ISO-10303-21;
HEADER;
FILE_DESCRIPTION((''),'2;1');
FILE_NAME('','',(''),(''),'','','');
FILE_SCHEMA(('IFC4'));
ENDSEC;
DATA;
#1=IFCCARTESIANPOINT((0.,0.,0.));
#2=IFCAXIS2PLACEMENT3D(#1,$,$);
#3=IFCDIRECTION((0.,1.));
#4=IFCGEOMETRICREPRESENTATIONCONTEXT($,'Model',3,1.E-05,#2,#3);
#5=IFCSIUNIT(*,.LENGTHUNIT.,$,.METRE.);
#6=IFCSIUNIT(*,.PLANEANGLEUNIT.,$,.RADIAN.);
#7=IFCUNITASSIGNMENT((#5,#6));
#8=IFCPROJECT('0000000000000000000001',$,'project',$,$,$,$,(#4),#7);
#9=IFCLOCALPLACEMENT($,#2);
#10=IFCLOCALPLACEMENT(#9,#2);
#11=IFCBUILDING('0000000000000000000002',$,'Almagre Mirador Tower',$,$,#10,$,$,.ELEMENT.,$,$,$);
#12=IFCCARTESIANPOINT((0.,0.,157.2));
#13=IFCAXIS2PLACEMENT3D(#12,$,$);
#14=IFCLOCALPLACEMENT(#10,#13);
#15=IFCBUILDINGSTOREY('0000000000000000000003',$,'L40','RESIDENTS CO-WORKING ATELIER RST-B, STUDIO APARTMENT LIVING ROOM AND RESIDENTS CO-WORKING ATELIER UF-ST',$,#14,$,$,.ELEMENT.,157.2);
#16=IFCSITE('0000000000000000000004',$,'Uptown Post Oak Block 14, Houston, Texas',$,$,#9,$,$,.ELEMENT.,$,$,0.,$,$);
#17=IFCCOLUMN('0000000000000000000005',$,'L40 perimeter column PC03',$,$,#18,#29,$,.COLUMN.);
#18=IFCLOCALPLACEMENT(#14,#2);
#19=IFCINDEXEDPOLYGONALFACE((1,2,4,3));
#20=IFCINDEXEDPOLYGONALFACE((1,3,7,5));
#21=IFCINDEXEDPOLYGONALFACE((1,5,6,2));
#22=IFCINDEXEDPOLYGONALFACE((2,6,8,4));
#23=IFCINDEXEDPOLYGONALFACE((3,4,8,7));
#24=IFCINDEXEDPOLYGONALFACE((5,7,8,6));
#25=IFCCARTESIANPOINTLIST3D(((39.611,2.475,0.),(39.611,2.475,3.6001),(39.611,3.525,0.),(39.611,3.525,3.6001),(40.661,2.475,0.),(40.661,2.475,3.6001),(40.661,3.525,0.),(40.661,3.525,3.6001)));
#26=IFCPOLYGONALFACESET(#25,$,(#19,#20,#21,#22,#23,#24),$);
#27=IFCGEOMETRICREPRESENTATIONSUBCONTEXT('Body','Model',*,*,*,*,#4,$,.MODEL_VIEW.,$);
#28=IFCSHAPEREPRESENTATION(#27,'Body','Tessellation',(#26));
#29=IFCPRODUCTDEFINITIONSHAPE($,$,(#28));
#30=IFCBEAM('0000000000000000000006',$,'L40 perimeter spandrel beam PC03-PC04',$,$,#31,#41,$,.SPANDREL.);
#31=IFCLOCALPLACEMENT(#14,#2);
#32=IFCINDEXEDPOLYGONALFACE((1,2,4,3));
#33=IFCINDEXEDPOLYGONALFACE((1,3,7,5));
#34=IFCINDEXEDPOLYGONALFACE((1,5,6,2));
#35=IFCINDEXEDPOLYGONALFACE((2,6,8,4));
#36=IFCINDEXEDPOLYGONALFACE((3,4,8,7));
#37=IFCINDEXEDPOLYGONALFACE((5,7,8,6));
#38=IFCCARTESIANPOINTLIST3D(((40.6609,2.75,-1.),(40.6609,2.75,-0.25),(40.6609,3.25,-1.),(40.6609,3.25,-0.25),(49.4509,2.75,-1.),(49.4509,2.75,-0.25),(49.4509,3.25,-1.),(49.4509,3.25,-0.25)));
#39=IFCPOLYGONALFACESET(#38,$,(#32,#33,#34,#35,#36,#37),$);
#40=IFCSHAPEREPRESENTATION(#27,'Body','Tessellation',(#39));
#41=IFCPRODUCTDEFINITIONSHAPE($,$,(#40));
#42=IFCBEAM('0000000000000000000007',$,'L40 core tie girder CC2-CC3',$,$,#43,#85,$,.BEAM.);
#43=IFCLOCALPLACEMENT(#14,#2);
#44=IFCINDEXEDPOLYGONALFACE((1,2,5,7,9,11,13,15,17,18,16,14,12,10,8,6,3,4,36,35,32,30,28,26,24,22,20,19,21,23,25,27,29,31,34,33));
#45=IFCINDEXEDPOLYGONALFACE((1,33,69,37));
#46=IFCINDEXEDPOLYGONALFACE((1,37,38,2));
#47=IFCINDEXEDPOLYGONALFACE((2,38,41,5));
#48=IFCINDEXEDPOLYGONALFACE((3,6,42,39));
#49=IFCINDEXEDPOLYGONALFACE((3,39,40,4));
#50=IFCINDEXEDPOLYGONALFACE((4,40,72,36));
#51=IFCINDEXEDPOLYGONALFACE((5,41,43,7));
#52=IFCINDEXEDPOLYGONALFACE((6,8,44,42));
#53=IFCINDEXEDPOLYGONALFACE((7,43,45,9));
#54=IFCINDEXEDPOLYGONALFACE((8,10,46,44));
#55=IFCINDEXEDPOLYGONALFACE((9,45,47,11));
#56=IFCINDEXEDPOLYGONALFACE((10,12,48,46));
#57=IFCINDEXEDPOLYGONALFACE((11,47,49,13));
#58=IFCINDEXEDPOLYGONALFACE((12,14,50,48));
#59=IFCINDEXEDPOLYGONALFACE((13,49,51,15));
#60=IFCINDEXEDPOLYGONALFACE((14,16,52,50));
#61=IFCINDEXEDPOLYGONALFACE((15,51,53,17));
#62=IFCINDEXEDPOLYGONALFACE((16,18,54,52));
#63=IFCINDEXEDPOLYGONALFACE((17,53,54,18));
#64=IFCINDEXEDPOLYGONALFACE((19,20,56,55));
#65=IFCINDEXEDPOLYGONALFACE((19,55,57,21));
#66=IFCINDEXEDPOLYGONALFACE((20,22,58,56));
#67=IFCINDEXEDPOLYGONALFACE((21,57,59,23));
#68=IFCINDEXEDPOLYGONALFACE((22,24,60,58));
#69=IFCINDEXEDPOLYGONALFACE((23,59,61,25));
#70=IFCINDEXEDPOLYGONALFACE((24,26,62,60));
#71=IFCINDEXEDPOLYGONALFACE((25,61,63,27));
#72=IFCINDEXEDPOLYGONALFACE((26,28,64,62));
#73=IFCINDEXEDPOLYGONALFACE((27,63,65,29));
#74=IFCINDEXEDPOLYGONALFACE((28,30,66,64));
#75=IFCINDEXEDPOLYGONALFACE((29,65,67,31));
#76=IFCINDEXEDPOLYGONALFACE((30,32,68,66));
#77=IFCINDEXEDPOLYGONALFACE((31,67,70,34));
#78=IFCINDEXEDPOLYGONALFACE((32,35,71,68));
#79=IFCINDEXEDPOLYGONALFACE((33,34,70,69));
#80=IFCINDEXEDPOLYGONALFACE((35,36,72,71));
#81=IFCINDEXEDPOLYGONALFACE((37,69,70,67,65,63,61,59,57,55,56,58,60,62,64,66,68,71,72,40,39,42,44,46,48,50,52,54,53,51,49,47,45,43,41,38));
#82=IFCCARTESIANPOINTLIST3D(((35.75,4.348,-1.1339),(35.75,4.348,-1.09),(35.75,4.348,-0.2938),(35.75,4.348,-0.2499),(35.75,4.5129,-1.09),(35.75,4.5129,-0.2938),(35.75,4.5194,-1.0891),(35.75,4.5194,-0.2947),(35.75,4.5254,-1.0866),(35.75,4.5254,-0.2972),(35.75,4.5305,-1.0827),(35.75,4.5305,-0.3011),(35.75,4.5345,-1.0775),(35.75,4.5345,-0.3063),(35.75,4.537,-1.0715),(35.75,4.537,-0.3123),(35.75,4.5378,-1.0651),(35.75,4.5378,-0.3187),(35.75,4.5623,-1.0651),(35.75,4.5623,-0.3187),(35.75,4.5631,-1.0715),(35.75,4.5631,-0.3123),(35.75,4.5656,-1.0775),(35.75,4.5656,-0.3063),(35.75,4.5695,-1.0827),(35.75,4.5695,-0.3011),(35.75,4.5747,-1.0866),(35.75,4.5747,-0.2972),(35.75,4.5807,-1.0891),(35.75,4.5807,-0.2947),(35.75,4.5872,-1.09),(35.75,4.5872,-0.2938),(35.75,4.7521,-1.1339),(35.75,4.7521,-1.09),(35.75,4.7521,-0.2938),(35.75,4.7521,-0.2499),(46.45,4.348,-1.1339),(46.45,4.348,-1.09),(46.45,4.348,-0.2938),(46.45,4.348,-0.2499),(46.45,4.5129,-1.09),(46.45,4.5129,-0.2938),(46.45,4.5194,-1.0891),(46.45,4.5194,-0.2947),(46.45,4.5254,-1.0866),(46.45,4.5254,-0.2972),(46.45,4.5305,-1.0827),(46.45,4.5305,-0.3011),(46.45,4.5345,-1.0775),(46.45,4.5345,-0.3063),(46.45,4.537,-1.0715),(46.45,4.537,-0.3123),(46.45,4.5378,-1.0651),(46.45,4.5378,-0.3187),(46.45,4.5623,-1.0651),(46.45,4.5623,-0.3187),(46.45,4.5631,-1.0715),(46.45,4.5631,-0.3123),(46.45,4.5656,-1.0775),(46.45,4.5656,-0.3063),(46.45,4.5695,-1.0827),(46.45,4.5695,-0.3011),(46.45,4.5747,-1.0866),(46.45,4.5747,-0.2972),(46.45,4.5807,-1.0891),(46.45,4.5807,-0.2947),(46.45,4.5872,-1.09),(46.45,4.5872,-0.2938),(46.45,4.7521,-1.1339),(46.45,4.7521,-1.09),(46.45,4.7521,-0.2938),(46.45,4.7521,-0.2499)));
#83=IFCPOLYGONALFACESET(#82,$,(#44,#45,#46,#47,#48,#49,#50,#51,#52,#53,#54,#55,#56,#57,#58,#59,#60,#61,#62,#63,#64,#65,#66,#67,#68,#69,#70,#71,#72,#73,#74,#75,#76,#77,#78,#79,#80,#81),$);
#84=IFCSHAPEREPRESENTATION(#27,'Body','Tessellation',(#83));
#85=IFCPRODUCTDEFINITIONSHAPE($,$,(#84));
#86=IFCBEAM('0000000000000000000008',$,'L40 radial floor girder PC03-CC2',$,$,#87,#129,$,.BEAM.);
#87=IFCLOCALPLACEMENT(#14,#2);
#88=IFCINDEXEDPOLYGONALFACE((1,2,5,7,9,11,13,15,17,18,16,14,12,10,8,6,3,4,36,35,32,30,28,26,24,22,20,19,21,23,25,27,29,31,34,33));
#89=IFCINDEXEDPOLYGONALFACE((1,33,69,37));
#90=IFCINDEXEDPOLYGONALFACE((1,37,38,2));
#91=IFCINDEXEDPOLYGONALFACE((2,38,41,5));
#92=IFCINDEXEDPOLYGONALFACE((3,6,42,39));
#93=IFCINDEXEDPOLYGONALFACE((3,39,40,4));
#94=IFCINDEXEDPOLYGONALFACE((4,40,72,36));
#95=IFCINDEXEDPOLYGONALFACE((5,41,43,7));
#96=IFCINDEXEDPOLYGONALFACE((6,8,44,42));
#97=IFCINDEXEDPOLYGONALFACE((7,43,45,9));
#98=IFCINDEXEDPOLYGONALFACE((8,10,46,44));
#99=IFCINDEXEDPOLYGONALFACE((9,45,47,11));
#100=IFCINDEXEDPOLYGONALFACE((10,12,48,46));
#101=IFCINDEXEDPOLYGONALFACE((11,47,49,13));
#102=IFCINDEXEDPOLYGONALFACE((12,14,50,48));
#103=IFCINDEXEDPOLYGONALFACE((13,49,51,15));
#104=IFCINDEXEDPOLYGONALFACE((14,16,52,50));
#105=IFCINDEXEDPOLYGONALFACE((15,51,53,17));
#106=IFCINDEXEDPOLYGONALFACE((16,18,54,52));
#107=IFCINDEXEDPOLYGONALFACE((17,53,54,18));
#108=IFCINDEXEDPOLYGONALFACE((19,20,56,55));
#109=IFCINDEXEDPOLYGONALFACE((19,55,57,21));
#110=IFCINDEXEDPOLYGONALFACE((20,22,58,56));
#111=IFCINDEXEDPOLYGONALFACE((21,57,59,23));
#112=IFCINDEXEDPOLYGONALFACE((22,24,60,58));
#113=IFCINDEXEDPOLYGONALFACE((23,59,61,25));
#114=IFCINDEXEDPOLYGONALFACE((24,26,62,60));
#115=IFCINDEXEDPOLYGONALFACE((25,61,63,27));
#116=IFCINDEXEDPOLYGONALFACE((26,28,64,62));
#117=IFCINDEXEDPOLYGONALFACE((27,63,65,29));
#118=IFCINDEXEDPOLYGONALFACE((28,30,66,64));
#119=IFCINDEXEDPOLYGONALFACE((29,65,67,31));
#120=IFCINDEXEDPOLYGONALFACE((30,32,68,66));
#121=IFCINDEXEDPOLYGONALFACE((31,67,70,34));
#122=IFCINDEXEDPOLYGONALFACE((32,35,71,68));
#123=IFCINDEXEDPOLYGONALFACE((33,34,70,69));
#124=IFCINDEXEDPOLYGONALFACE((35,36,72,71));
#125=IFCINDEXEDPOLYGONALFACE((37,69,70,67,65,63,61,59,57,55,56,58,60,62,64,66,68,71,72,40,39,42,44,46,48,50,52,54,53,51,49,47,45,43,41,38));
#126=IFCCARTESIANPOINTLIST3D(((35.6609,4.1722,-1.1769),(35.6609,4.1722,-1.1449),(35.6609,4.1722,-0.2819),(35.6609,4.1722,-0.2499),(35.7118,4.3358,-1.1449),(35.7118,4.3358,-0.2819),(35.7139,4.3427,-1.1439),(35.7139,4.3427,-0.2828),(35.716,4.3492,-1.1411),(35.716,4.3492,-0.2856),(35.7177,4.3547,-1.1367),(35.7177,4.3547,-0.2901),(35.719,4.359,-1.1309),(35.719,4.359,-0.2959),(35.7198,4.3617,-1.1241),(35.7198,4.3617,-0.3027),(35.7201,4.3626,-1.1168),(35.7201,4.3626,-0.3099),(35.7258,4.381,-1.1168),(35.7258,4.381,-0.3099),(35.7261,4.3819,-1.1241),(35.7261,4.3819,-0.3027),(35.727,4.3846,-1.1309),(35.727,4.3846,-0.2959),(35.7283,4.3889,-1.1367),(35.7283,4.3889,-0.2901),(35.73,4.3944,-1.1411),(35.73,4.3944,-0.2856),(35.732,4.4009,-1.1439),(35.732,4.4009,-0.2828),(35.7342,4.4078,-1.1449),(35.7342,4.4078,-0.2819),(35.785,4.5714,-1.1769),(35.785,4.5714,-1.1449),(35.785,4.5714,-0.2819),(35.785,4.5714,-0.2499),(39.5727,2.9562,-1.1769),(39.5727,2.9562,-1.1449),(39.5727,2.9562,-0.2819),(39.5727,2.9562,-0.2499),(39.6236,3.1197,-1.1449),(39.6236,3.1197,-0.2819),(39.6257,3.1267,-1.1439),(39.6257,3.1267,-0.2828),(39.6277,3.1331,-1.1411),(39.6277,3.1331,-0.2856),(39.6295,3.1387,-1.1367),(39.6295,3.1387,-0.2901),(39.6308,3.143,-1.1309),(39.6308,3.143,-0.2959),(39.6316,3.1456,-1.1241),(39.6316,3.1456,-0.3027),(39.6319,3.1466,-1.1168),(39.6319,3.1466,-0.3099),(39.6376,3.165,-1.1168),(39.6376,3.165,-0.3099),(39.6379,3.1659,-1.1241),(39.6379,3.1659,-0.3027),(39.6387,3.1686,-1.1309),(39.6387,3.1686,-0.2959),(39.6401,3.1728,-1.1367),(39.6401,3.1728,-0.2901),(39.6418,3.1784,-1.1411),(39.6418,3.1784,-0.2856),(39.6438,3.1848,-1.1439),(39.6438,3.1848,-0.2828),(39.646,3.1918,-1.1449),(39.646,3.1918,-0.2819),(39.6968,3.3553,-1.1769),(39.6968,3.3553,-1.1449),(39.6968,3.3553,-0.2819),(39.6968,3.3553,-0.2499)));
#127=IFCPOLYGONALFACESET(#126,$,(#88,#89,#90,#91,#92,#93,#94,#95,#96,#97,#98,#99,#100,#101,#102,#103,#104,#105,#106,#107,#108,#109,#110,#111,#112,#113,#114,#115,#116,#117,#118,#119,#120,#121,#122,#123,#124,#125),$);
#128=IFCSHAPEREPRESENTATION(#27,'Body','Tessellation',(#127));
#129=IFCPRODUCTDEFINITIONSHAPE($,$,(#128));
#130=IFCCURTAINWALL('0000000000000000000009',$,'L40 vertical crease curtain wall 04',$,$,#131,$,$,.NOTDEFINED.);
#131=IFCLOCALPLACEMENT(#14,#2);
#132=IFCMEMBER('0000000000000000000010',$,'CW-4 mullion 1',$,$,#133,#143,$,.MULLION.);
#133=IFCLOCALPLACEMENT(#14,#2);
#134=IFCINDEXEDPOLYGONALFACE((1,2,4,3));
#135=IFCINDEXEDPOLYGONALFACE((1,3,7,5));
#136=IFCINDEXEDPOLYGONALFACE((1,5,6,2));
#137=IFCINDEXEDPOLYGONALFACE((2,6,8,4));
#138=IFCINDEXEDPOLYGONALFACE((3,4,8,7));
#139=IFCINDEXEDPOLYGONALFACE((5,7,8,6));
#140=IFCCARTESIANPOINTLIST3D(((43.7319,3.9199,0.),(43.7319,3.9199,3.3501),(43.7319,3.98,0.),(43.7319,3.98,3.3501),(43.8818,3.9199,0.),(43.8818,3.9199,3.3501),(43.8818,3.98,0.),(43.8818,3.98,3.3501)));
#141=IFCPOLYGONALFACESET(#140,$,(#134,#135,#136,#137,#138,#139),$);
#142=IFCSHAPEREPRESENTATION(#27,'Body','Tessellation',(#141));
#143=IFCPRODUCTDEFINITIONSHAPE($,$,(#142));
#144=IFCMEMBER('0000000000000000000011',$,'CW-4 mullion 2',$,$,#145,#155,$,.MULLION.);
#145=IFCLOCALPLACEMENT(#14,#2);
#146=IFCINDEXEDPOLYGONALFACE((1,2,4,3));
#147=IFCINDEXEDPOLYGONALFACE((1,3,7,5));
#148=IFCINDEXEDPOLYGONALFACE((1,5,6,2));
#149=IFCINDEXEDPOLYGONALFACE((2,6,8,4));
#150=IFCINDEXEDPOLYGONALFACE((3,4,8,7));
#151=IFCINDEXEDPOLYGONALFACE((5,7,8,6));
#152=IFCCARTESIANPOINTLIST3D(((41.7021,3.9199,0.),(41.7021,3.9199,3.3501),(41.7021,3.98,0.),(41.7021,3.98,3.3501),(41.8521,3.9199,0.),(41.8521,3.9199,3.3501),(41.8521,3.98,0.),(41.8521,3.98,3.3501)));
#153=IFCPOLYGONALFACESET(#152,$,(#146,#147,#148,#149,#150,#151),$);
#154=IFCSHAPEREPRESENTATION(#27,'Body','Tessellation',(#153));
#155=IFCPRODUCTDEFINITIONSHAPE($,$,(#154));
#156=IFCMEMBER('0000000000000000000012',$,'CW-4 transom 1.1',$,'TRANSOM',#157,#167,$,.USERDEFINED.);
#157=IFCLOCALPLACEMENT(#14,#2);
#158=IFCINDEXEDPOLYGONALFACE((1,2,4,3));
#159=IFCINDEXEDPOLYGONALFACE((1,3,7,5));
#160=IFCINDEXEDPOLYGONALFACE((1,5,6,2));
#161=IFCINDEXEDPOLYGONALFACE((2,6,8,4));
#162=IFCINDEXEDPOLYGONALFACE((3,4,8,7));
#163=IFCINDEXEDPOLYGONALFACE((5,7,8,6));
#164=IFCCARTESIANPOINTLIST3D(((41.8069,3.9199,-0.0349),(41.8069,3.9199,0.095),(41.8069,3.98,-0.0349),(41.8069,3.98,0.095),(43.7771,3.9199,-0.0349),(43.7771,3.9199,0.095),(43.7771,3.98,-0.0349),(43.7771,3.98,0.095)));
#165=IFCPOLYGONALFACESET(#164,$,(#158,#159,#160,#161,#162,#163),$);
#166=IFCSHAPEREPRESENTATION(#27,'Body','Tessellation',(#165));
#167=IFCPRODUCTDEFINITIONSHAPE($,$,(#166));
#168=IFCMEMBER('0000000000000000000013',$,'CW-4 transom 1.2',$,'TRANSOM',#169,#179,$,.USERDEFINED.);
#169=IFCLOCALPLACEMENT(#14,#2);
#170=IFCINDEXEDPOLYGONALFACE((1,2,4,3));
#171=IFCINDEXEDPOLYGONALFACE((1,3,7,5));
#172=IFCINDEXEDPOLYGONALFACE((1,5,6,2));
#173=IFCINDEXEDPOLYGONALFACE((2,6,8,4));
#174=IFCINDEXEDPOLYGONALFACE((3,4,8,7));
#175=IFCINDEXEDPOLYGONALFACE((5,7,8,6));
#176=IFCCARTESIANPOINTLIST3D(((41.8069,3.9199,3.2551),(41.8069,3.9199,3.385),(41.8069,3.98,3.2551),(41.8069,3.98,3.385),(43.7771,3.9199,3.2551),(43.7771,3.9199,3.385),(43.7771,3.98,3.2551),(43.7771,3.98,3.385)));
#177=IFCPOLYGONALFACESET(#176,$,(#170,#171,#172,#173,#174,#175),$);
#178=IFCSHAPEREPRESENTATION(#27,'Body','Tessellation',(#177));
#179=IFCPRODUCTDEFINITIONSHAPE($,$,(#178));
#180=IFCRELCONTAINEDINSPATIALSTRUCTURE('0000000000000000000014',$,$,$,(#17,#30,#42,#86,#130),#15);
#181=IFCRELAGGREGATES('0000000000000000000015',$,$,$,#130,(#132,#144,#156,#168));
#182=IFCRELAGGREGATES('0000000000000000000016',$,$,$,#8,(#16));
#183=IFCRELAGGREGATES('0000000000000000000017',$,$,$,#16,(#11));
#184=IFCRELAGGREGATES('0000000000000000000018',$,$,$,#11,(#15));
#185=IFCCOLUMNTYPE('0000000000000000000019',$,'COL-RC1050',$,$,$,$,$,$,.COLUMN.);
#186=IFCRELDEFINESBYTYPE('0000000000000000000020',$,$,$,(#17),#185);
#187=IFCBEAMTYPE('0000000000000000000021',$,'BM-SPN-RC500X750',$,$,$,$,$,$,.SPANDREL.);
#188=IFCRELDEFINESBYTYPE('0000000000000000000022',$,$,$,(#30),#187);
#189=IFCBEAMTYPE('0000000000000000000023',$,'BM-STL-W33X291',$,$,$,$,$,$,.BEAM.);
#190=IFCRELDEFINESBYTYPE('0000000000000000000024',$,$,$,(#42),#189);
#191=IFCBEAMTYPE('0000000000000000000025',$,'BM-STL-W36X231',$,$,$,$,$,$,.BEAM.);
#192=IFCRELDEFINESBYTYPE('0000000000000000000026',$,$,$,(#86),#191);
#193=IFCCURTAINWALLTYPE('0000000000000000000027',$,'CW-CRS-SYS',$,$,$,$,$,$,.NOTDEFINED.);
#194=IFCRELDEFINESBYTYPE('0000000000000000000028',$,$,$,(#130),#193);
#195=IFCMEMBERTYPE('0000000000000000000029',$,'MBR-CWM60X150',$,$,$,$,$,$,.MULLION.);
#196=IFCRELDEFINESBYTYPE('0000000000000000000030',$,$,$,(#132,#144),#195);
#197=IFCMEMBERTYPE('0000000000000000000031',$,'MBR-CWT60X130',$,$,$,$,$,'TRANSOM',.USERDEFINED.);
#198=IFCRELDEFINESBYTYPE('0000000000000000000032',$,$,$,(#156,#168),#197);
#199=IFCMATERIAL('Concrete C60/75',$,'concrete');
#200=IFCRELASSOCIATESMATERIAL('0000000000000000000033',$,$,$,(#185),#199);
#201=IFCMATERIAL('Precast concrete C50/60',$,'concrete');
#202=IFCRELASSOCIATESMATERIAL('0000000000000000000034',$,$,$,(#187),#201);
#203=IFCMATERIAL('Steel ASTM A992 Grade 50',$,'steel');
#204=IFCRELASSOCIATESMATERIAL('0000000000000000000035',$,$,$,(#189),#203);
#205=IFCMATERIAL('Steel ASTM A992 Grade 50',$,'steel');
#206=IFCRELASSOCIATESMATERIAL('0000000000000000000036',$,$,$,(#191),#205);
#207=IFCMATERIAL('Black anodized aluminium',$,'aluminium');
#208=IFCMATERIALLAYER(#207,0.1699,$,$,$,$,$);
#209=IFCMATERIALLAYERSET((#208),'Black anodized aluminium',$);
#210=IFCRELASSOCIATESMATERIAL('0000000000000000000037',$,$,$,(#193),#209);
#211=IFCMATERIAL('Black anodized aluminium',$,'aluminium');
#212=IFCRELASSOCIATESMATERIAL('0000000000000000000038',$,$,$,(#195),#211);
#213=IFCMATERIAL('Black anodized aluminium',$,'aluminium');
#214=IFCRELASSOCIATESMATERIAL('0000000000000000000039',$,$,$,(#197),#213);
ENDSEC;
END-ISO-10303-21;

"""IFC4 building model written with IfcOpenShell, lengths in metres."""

from ifc_helpers import new_model, si_unit, direction, frame, origin, origin_2d, place, context, subcontext, project, spatial, rectangle, i_section, extrude, material, layer, layer_set, material_profile, profile_set, type_object, element, aggregate, save


model = new_model("IFC4")

# Units and contexts
model_context = context("Model", 3, precision=1e-05, world=origin(), true_north=direction((0.0, 1.0)))
body_context = subcontext(model_context, "Body", "Model", "MODEL_VIEW")
ifc_project = project(units=[si_unit("LENGTHUNIT", "METRE"), si_unit("PLANEANGLEUNIT", "RADIAN")], contexts=[model_context])

# Site, building, storey
site_placement = place(None, origin())
site = spatial("IfcSite", under=ifc_project, at=site_placement, Name="Uptown Post Oak Block 14, Houston, Texas", CompositionType="ELEMENT", RefElevation=0.0)
building_placement = place(site_placement, origin())
building = spatial("IfcBuilding", under=site, at=building_placement, Name="Almagre Mirador Tower", CompositionType="ELEMENT")
storey_placement = place(building_placement, frame((0.0, 0.0, 157.2)))
storey = spatial("IfcBuildingStorey", under=building, at=storey_placement, Name="L40", Description="RESIDENTS CO-WORKING ATELIER RST-B, STUDIO APARTMENT LIVING ROOM AND RESIDENTS CO-WORKING ATELIER UF-ST", CompositionType="ELEMENT", Elevation=157.2)

# Column
ifc_material_1 = material(Name="Concrete C60/75", Category="concrete")
ifc_material_profile_1 = material_profile(ifc_material_1, rectangle(XDim=1.05, YDim=1.05, at=origin_2d()), Name="RC1050X1050")
ifc_profile_set_1 = profile_set([ifc_material_profile_1], Name="Concrete C60/75")
column_type = type_object("IfcColumnType", Name="COL-RC1050", PredefinedType="COLUMN", material=ifc_profile_set_1)
column_placement = place(storey_placement, frame((40.136, 3.0, 0.0), z_axis=(0.0, 0.0, 1.0), x_axis=(1.0, 0.0, 0.0)))
element("IfcColumn", 1, at=column_placement, inside=storey, type_object=column_type, Name="L40 perimeter column PC03", PredefinedType="COLUMN", context=body_context, shape_type="SweptSolid", body=[
    extrude(rectangle(XDim=1.05, YDim=1.05, at=origin_2d()), origin(), (0.0, 0.0, 1.0), 3.6001),
])

# Beams
ifc_material_2 = material(Name="Precast concrete C50/60", Category="concrete")
ifc_material_profile_2 = material_profile(ifc_material_2, rectangle(XDim=0.5, YDim=0.75, at=origin_2d()), Name="RC500X750")
ifc_profile_set_2 = profile_set([ifc_material_profile_2], Name="Precast concrete C50/60")
beam_type_1 = type_object("IfcBeamType", Name="BM-SPN-RC500X750", PredefinedType="SPANDREL", material=ifc_profile_set_2)
beam_1_placement = place(storey_placement, frame((40.6609, 3.0, -0.625), z_axis=(1.0, 0.0, 0.0), x_axis=(0.0, 1.0, 0.0)))
element("IfcBeam", 2, at=beam_1_placement, inside=storey, type_object=beam_type_1, Name="L40 perimeter spandrel beam PC03-PC04", PredefinedType="SPANDREL", context=body_context, shape_type="SweptSolid", body=[
    extrude(rectangle(XDim=0.5, YDim=0.75, at=origin_2d()), origin(), (0.0, 0.0, 1.0), 8.79),
])
ifc_material_3 = material(Name="Steel ASTM A992 Grade 50", Category="steel")
ifc_material_profile_3 = material_profile(ifc_material_3, i_section(OverallWidth=0.4041, OverallDepth=0.884, WebThickness=0.0244, FlangeThickness=0.0439, FilletRadius=0.0249, at=origin_2d()), Name="W33X291")
ifc_profile_set_3 = profile_set([ifc_material_profile_3], Name="Steel ASTM A992 Grade 50")
beam_type_2 = type_object("IfcBeamType", Name="BM-STL-W33X291", PredefinedType="BEAM", material=ifc_profile_set_3)
beam_2_placement = place(storey_placement, frame((35.75, 4.55, -0.6919), z_axis=(1.0, 0.0, 0.0), x_axis=(0.0, 1.0, 0.0)))
element("IfcBeam", 3, at=beam_2_placement, inside=storey, type_object=beam_type_2, Name="L40 core tie girder CC2-CC3", PredefinedType="BEAM", context=body_context, shape_type="SweptSolid", body=[
    extrude(i_section(OverallWidth=0.4041, OverallDepth=0.884, WebThickness=0.0244, FlangeThickness=0.0439, FilletRadius=0.0249, at=origin_2d()), origin(), (0.0, 0.0, 1.0), 10.7),
])
ifc_material_4 = material(Name="Steel ASTM A992 Grade 50", Category="steel")
ifc_material_profile_4 = material_profile(ifc_material_4, i_section(OverallWidth=0.418, OverallDepth=0.927, WebThickness=0.0193, FlangeThickness=0.032, FilletRadius=0.0281, at=origin_2d()), Name="W36X231")
ifc_profile_set_4 = profile_set([ifc_material_profile_4], Name="Steel ASTM A992 Grade 50")
beam_type_3 = type_object("IfcBeamType", Name="BM-STL-W36X231", PredefinedType="BEAM", material=ifc_profile_set_4)
beam_3_placement = place(storey_placement, frame((39.6348, 3.1558, -0.7134), z_axis=(-0.954923, 0.296853, 0.0), x_axis=(-0.296853, -0.954923, 0.0)))
element("IfcBeam", 4, at=beam_3_placement, inside=storey, type_object=beam_type_3, Name="L40 radial floor girder PC03-CC2", PredefinedType="BEAM", context=body_context, shape_type="SweptSolid", body=[
    extrude(i_section(OverallWidth=0.418, OverallDepth=0.927, WebThickness=0.0193, FlangeThickness=0.032, FilletRadius=0.0281, at=origin_2d()), origin(), (0.0, 0.0, 1.0), 4.0964),
])

# Curtain wall, members
ifc_material_5 = material(Name="Black anodized aluminium", Category="aluminium")
ifc_layer_1 = layer(ifc_material_5, 0.1699)
ifc_layer_set_1 = layer_set([ifc_layer_1], Name="Black anodized aluminium")
curtain_wall_type = type_object("IfcCurtainWallType", Name="CW-CRS-SYS", PredefinedType="NOTDEFINED", material=ifc_layer_set_1)
curtain_wall_placement = place(storey_placement, origin())
curtain_wall = element("IfcCurtainWall", 5, at=curtain_wall_placement, inside=storey, type_object=curtain_wall_type, Name="L40 vertical crease curtain wall 04", PredefinedType="NOTDEFINED")
ifc_material_6 = material(Name="Black anodized aluminium", Category="aluminium")
ifc_material_profile_5 = material_profile(ifc_material_6, rectangle(XDim=0.0601, YDim=0.1499, at=origin_2d()), Name="CWM60X150")
ifc_profile_set_5 = profile_set([ifc_material_profile_5], Name="Black anodized aluminium")
member_type_1 = type_object("IfcMemberType", Name="MBR-CWM60X150", PredefinedType="MULLION", material=ifc_profile_set_5)
member_1_placement = place(storey_placement, frame((43.8069, 3.95, 0.0), z_axis=(0.0, 0.0, 1.0), x_axis=(0.0, -1.0, 0.0)))
member_1 = element("IfcMember", 6, at=member_1_placement, type_object=member_type_1, Name="CW-4 mullion 1", PredefinedType="MULLION", context=body_context, shape_type="SweptSolid", body=[
    extrude(rectangle(XDim=0.0601, YDim=0.1499, at=origin_2d()), origin(), (0.0, 0.0, 1.0), 3.3501),
])
member_2_placement = place(storey_placement, frame((41.7771, 3.95, 0.0), z_axis=(0.0, 0.0, 1.0), x_axis=(0.0, -1.0, 0.0)))
member_2 = element("IfcMember", 7, at=member_2_placement, type_object=member_type_1, Name="CW-4 mullion 2", PredefinedType="MULLION", context=body_context, shape_type="SweptSolid", body=[
    extrude(rectangle(XDim=0.0601, YDim=0.1499, at=origin_2d()), origin(), (0.0, 0.0, 1.0), 3.3501),
])
ifc_material_7 = material(Name="Black anodized aluminium", Category="aluminium")
ifc_material_profile_6 = material_profile(ifc_material_7, rectangle(XDim=0.0601, YDim=0.1299, at=origin_2d()), Name="CWT60X130")
ifc_profile_set_6 = profile_set([ifc_material_profile_6], Name="Black anodized aluminium")
member_type_2 = type_object("IfcMemberType", Name="MBR-CWT60X130", ElementType="TRANSOM", PredefinedType="USERDEFINED", material=ifc_profile_set_6)
member_3_placement = place(storey_placement, frame((43.7771, 3.95, 0.03), z_axis=(-1.0, 0.0, 0.0), x_axis=(0.0, -1.0, 0.0)))
member_3 = element("IfcMember", 8, at=member_3_placement, type_object=member_type_2, Name="CW-4 transom 1.1", ObjectType="TRANSOM", PredefinedType="USERDEFINED", context=body_context, shape_type="SweptSolid", body=[
    extrude(rectangle(XDim=0.0601, YDim=0.1299, at=origin_2d()), origin(), (0.0, 0.0, 1.0), 1.9702),
])
member_4_placement = place(storey_placement, frame((43.7771, 3.95, 3.3201), z_axis=(-1.0, 0.0, 0.0), x_axis=(0.0, -1.0, 0.0)))
member_4 = element("IfcMember", 9, at=member_4_placement, type_object=member_type_2, Name="CW-4 transom 1.2", ObjectType="TRANSOM", PredefinedType="USERDEFINED", context=body_context, shape_type="SweptSolid", body=[
    extrude(rectangle(XDim=0.0601, YDim=0.1299, at=origin_2d()), origin(), (0.0, 0.0, 1.0), 1.9702),
])
aggregate(curtain_wall, [member_1, member_2, member_3, member_4])

save(model, "model.ifc")
